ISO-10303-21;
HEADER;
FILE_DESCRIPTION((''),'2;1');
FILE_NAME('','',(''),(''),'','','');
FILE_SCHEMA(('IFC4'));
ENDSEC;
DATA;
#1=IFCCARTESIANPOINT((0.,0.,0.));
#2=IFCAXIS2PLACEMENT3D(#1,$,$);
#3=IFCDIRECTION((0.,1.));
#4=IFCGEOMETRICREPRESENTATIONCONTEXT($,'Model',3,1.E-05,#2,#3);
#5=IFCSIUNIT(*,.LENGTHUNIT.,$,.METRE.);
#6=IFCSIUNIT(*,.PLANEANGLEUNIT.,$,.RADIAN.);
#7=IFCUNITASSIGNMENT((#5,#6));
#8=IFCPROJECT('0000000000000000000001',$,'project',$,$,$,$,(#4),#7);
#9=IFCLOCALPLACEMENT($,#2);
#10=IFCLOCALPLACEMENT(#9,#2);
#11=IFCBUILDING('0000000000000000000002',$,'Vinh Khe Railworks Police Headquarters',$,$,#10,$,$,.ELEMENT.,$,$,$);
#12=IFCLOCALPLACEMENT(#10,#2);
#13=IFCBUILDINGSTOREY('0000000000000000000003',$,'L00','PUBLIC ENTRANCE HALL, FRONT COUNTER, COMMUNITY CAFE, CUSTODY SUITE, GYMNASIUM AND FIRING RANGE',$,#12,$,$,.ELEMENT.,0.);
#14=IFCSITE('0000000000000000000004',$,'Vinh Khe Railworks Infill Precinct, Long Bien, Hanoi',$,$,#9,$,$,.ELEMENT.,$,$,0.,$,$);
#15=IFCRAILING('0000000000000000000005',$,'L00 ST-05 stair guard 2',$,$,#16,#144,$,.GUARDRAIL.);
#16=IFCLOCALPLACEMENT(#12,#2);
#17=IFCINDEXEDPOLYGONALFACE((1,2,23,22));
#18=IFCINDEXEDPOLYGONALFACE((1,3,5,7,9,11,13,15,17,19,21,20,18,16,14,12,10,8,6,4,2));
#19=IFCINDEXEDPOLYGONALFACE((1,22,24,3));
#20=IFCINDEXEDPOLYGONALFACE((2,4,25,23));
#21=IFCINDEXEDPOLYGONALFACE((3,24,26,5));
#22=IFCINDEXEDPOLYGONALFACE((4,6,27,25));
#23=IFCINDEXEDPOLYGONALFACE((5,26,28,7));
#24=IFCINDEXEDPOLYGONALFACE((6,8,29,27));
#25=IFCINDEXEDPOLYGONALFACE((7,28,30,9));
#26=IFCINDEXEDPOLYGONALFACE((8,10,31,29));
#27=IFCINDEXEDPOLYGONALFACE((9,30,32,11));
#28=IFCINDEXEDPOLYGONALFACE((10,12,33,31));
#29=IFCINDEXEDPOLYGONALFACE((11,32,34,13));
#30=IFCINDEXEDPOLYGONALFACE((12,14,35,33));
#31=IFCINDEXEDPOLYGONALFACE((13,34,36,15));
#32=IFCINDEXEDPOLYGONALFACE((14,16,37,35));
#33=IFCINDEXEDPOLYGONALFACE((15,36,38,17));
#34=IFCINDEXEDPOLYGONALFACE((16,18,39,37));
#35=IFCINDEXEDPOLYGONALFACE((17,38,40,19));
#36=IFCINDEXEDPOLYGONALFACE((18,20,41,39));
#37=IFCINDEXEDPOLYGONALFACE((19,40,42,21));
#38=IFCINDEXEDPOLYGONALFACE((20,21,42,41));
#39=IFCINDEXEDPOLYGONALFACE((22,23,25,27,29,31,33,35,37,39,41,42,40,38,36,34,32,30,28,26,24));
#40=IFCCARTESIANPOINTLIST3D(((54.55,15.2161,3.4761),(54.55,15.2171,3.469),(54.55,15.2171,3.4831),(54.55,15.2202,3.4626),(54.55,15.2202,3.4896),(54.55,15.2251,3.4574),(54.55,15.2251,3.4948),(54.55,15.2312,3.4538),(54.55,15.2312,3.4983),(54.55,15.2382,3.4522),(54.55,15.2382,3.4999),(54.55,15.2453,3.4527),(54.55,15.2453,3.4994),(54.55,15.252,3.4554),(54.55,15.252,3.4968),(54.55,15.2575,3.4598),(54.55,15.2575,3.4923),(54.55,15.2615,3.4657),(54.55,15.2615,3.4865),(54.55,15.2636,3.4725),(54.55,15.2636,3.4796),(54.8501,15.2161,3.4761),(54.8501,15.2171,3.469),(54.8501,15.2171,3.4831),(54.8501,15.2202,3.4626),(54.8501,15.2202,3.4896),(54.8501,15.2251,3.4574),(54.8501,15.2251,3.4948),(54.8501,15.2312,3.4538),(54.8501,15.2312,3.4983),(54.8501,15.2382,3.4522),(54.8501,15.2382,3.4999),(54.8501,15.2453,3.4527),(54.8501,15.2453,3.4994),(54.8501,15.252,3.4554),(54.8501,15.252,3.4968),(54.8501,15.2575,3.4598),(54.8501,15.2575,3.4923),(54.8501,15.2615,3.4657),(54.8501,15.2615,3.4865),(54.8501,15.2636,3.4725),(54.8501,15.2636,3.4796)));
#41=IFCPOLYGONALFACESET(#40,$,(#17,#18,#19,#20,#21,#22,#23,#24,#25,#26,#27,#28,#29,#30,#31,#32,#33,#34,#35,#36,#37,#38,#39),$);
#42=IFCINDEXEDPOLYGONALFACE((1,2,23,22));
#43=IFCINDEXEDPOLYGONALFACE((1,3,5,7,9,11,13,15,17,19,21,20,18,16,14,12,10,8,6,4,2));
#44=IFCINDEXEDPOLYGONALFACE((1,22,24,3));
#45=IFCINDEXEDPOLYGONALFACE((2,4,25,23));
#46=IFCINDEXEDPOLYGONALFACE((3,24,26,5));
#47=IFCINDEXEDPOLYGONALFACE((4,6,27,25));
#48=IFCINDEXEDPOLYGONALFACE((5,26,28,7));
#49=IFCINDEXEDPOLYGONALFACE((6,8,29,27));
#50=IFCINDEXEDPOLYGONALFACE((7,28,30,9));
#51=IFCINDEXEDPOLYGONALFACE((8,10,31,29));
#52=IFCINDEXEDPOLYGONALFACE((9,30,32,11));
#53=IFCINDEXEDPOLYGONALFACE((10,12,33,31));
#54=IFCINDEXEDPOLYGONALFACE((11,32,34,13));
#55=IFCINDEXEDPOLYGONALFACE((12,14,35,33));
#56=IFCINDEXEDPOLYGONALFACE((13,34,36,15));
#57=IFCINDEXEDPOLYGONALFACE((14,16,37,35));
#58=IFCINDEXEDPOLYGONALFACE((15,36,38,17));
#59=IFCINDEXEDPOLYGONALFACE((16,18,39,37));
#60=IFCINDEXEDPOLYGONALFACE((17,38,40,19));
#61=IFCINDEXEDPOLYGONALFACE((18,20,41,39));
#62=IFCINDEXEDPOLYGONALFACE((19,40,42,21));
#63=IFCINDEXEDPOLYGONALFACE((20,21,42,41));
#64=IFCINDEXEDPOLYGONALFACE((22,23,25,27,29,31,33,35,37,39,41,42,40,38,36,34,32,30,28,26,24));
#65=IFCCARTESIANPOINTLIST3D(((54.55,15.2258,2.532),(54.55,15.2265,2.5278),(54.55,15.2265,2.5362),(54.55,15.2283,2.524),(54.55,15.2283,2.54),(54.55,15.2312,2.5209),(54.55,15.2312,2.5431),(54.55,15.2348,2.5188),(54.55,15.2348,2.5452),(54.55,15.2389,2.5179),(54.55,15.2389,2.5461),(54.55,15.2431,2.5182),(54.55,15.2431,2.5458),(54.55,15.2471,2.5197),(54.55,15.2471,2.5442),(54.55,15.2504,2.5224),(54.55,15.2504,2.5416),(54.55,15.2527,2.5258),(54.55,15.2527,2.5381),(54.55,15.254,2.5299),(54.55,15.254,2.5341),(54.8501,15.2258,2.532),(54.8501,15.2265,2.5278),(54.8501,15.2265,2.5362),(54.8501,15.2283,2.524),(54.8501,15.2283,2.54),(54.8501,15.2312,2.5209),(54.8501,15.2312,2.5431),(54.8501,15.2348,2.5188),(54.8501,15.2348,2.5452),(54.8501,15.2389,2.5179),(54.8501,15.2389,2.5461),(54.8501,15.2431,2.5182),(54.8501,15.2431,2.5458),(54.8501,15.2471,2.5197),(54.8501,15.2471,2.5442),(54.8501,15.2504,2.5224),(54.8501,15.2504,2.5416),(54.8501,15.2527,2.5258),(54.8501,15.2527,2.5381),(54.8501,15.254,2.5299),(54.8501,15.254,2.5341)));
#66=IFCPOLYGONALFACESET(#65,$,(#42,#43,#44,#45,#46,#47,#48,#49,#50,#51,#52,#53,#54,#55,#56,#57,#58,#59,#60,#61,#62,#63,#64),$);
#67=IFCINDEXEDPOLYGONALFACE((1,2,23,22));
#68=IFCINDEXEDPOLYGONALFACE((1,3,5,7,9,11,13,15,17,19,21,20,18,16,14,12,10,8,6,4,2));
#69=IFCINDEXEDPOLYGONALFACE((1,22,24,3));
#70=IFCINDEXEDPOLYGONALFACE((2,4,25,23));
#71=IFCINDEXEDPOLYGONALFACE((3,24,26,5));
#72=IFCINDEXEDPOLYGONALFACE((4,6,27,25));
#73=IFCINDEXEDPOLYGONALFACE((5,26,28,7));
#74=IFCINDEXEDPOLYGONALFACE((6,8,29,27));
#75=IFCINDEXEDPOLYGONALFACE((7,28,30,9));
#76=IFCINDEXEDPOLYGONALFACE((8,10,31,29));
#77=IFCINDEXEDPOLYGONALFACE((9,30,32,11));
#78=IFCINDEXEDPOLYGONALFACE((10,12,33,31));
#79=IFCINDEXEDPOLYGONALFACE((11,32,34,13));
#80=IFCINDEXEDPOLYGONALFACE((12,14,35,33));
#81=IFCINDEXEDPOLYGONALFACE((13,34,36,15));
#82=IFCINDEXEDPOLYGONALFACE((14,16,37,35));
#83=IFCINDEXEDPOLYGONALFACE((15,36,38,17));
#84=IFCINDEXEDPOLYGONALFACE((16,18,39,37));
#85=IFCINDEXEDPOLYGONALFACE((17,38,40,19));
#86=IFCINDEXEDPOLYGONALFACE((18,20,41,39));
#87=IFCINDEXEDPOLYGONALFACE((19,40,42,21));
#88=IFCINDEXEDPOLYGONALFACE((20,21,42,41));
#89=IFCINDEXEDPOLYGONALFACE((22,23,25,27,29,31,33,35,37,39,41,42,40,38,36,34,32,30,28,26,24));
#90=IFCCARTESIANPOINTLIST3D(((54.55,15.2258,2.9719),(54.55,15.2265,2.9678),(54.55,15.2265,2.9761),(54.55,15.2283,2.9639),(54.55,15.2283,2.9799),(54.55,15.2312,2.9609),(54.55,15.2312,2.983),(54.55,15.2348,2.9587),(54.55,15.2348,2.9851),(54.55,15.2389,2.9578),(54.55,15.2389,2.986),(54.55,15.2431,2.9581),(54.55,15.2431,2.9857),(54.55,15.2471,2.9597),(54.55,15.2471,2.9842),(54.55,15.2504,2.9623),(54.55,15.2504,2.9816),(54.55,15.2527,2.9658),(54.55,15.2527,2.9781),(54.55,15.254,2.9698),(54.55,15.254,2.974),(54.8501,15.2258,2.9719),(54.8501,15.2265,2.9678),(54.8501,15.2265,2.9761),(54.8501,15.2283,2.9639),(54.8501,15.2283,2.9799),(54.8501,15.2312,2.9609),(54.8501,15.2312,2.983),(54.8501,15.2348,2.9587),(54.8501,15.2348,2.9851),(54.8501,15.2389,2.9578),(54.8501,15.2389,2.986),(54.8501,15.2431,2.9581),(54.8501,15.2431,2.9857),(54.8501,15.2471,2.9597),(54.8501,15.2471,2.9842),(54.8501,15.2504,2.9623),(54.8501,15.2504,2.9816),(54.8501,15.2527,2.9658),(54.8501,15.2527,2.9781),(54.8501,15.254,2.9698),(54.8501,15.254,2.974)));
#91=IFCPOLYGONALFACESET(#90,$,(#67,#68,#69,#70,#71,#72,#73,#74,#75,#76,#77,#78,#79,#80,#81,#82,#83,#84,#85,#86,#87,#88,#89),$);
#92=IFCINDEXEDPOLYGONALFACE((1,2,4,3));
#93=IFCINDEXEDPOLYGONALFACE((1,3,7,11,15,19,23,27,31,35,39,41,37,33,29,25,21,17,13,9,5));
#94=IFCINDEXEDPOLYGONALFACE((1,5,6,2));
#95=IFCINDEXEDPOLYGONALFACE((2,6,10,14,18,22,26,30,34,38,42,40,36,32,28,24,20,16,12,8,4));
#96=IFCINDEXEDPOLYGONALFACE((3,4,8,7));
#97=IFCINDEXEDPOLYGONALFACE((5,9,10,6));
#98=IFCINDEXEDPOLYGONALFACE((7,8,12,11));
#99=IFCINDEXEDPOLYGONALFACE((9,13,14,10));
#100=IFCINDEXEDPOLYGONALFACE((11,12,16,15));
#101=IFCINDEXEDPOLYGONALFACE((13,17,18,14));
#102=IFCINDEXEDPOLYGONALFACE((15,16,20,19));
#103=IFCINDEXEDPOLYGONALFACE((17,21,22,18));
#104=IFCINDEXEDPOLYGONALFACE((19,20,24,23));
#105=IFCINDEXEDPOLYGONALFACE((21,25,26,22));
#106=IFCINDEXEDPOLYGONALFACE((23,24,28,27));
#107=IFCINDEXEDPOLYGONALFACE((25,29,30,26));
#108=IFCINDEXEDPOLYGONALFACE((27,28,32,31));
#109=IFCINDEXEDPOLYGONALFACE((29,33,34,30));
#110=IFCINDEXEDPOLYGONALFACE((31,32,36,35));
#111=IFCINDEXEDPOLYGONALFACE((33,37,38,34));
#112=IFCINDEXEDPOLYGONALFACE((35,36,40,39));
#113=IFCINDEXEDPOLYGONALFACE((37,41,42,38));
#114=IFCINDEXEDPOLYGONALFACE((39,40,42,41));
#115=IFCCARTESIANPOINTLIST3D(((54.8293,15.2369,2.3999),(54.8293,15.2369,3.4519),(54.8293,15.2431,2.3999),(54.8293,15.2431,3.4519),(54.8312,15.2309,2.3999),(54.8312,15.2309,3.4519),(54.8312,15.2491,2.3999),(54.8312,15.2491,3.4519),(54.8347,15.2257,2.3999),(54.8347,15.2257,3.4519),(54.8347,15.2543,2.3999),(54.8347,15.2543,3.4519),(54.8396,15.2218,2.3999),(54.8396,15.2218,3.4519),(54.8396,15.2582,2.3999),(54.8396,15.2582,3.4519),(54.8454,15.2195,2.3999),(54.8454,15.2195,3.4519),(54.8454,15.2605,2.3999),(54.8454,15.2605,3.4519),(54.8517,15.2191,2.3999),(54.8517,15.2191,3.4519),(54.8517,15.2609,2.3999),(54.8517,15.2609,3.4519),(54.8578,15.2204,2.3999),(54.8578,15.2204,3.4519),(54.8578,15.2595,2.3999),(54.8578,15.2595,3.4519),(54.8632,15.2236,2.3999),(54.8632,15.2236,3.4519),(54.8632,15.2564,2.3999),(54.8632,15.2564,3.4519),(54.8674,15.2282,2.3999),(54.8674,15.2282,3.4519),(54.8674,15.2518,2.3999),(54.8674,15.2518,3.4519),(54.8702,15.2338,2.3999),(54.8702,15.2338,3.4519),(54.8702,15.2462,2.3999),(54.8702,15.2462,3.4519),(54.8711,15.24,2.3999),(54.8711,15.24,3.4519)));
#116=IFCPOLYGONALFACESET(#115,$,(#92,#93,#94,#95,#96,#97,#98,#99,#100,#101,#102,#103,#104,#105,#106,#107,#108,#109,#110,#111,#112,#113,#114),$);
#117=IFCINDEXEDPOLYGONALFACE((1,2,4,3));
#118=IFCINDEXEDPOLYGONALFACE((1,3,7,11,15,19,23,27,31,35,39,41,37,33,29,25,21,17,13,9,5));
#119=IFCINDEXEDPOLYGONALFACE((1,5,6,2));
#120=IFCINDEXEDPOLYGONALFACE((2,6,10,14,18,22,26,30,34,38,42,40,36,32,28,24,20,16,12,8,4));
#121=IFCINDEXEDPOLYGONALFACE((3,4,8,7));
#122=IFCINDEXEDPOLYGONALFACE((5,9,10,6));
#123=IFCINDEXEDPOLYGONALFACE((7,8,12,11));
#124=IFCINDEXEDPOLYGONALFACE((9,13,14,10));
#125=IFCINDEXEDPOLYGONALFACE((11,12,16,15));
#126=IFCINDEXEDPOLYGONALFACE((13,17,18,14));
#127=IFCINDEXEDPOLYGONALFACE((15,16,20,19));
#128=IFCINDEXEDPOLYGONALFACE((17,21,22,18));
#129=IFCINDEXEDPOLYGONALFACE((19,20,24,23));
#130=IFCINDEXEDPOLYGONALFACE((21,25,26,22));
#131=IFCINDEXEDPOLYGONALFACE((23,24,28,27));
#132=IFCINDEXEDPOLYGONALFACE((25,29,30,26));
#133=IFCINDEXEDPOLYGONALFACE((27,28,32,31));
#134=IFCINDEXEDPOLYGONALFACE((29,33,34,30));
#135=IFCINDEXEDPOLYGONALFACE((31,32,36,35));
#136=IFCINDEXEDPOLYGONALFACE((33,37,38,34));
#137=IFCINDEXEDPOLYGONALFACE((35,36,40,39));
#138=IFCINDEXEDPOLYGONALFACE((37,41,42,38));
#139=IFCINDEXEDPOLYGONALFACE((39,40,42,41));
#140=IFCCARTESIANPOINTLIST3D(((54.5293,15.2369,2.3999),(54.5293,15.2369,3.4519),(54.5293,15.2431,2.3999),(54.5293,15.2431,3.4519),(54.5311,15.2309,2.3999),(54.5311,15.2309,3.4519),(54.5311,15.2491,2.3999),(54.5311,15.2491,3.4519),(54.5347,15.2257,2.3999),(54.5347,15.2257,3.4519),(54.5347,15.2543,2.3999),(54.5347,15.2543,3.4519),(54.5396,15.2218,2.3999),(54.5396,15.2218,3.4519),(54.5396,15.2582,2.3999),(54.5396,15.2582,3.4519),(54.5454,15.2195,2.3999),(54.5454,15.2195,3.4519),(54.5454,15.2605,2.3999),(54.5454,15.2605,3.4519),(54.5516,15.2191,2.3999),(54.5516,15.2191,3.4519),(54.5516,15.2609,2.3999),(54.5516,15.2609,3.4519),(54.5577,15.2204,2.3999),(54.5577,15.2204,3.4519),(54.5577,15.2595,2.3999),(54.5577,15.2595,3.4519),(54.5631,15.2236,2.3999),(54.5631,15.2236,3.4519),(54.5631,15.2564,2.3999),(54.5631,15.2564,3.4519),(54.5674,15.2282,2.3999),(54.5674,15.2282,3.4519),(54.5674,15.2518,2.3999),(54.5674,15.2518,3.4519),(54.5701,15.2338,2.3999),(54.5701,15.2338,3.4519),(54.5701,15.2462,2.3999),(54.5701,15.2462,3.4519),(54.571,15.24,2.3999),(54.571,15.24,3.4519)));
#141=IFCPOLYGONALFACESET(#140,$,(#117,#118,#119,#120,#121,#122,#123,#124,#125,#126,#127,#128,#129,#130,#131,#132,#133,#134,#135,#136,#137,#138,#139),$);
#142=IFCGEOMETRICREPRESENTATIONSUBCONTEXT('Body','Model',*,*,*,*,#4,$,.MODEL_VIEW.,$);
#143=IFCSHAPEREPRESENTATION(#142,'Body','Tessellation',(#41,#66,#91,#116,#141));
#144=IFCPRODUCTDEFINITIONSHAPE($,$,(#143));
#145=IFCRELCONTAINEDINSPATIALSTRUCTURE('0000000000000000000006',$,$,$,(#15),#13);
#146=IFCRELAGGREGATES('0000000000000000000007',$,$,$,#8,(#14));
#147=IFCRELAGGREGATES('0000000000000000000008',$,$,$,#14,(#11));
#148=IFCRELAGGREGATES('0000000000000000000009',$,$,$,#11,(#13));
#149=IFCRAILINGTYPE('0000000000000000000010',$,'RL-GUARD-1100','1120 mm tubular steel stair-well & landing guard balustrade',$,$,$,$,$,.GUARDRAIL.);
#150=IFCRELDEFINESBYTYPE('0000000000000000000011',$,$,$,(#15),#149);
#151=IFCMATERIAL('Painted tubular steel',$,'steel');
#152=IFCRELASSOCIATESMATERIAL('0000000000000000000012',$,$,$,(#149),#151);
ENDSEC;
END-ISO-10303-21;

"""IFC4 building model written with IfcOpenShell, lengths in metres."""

from ifc_helpers import new_model, si_unit, direction, frame, origin, origin_2d, place, context, subcontext, project, spatial, circle, extrude, material, type_object, element, save


model = new_model("IFC4")

# Units and contexts
model_context = context("Model", 3, precision=1e-05, world=origin(), true_north=direction((0.0, 1.0)))
body_context = subcontext(model_context, "Body", "Model", "MODEL_VIEW")
ifc_project = project(units=[si_unit("LENGTHUNIT", "METRE"), si_unit("PLANEANGLEUNIT", "RADIAN")], contexts=[model_context])

# Site, building, storey
site_placement = place(None, origin())
site = spatial("IfcSite", under=ifc_project, at=site_placement, Name="Vinh Khe Railworks Infill Precinct, Long Bien, Hanoi", CompositionType="ELEMENT", RefElevation=0.0)
building_placement = place(site_placement, origin())
building = spatial("IfcBuilding", under=site, at=building_placement, Name="Vinh Khe Railworks Police Headquarters", CompositionType="ELEMENT")
storey_placement = place(building_placement, origin())
storey = spatial("IfcBuildingStorey", under=building, at=storey_placement, Name="L00", Description="PUBLIC ENTRANCE HALL, FRONT COUNTER, COMMUNITY CAFE, CUSTODY SUITE, GYMNASIUM AND FIRING RANGE", CompositionType="ELEMENT", Elevation=0.0)

# Railing
ifc_material_1 = material(Name="Painted tubular steel", Category="steel")
railing_type_1 = type_object("IfcRailingType", Name="RL-GUARD-1100", Description="1120 mm tubular steel stair-well & landing guard balustrade", PredefinedType="GUARDRAIL", material=ifc_material_1)
railing_1_placement = place(storey_placement, frame((54.8501, 15.24, 2.3999)))
element("IfcRailing", 1, at=railing_1_placement, inside=storey, type_object=railing_type_1, Name="L00 ST-05 stair guard 2", PredefinedType="GUARDRAIL", context=body_context, shape_type="SweptSolid", body=[
    extrude(circle(Radius=0.0239, at=origin_2d()), frame((0.0, 0.0, 1.0762), z_axis=(-1.0, 0.0, 0.0), x_axis=(0.0, -1.0, 0.0)), (0.0, 0.0, 1.0), 0.3),
    extrude(circle(Radius=0.0142, at=origin_2d()), frame((0.0, 0.0, 0.1321), z_axis=(-1.0, 0.0, 0.0), x_axis=(0.0, -1.0, 0.0)), (0.0, 0.0, 1.0), 0.3),
    extrude(circle(Radius=0.0142, at=origin_2d()), frame((0.0, 0.0, 0.572), z_axis=(-1.0, 0.0, 0.0), x_axis=(0.0, -1.0, 0.0)), (0.0, 0.0, 1.0), 0.3),
    extrude(circle(Radius=0.021, at=origin_2d()), origin(), (0.0, 0.0, 1.0), 1.052),
    extrude(circle(Radius=0.021, at=origin_2d()), frame((-0.3, 0.0, 0.0)), (0.0, 0.0, 1.0), 1.052),
])

save(model, "model.ifc")
